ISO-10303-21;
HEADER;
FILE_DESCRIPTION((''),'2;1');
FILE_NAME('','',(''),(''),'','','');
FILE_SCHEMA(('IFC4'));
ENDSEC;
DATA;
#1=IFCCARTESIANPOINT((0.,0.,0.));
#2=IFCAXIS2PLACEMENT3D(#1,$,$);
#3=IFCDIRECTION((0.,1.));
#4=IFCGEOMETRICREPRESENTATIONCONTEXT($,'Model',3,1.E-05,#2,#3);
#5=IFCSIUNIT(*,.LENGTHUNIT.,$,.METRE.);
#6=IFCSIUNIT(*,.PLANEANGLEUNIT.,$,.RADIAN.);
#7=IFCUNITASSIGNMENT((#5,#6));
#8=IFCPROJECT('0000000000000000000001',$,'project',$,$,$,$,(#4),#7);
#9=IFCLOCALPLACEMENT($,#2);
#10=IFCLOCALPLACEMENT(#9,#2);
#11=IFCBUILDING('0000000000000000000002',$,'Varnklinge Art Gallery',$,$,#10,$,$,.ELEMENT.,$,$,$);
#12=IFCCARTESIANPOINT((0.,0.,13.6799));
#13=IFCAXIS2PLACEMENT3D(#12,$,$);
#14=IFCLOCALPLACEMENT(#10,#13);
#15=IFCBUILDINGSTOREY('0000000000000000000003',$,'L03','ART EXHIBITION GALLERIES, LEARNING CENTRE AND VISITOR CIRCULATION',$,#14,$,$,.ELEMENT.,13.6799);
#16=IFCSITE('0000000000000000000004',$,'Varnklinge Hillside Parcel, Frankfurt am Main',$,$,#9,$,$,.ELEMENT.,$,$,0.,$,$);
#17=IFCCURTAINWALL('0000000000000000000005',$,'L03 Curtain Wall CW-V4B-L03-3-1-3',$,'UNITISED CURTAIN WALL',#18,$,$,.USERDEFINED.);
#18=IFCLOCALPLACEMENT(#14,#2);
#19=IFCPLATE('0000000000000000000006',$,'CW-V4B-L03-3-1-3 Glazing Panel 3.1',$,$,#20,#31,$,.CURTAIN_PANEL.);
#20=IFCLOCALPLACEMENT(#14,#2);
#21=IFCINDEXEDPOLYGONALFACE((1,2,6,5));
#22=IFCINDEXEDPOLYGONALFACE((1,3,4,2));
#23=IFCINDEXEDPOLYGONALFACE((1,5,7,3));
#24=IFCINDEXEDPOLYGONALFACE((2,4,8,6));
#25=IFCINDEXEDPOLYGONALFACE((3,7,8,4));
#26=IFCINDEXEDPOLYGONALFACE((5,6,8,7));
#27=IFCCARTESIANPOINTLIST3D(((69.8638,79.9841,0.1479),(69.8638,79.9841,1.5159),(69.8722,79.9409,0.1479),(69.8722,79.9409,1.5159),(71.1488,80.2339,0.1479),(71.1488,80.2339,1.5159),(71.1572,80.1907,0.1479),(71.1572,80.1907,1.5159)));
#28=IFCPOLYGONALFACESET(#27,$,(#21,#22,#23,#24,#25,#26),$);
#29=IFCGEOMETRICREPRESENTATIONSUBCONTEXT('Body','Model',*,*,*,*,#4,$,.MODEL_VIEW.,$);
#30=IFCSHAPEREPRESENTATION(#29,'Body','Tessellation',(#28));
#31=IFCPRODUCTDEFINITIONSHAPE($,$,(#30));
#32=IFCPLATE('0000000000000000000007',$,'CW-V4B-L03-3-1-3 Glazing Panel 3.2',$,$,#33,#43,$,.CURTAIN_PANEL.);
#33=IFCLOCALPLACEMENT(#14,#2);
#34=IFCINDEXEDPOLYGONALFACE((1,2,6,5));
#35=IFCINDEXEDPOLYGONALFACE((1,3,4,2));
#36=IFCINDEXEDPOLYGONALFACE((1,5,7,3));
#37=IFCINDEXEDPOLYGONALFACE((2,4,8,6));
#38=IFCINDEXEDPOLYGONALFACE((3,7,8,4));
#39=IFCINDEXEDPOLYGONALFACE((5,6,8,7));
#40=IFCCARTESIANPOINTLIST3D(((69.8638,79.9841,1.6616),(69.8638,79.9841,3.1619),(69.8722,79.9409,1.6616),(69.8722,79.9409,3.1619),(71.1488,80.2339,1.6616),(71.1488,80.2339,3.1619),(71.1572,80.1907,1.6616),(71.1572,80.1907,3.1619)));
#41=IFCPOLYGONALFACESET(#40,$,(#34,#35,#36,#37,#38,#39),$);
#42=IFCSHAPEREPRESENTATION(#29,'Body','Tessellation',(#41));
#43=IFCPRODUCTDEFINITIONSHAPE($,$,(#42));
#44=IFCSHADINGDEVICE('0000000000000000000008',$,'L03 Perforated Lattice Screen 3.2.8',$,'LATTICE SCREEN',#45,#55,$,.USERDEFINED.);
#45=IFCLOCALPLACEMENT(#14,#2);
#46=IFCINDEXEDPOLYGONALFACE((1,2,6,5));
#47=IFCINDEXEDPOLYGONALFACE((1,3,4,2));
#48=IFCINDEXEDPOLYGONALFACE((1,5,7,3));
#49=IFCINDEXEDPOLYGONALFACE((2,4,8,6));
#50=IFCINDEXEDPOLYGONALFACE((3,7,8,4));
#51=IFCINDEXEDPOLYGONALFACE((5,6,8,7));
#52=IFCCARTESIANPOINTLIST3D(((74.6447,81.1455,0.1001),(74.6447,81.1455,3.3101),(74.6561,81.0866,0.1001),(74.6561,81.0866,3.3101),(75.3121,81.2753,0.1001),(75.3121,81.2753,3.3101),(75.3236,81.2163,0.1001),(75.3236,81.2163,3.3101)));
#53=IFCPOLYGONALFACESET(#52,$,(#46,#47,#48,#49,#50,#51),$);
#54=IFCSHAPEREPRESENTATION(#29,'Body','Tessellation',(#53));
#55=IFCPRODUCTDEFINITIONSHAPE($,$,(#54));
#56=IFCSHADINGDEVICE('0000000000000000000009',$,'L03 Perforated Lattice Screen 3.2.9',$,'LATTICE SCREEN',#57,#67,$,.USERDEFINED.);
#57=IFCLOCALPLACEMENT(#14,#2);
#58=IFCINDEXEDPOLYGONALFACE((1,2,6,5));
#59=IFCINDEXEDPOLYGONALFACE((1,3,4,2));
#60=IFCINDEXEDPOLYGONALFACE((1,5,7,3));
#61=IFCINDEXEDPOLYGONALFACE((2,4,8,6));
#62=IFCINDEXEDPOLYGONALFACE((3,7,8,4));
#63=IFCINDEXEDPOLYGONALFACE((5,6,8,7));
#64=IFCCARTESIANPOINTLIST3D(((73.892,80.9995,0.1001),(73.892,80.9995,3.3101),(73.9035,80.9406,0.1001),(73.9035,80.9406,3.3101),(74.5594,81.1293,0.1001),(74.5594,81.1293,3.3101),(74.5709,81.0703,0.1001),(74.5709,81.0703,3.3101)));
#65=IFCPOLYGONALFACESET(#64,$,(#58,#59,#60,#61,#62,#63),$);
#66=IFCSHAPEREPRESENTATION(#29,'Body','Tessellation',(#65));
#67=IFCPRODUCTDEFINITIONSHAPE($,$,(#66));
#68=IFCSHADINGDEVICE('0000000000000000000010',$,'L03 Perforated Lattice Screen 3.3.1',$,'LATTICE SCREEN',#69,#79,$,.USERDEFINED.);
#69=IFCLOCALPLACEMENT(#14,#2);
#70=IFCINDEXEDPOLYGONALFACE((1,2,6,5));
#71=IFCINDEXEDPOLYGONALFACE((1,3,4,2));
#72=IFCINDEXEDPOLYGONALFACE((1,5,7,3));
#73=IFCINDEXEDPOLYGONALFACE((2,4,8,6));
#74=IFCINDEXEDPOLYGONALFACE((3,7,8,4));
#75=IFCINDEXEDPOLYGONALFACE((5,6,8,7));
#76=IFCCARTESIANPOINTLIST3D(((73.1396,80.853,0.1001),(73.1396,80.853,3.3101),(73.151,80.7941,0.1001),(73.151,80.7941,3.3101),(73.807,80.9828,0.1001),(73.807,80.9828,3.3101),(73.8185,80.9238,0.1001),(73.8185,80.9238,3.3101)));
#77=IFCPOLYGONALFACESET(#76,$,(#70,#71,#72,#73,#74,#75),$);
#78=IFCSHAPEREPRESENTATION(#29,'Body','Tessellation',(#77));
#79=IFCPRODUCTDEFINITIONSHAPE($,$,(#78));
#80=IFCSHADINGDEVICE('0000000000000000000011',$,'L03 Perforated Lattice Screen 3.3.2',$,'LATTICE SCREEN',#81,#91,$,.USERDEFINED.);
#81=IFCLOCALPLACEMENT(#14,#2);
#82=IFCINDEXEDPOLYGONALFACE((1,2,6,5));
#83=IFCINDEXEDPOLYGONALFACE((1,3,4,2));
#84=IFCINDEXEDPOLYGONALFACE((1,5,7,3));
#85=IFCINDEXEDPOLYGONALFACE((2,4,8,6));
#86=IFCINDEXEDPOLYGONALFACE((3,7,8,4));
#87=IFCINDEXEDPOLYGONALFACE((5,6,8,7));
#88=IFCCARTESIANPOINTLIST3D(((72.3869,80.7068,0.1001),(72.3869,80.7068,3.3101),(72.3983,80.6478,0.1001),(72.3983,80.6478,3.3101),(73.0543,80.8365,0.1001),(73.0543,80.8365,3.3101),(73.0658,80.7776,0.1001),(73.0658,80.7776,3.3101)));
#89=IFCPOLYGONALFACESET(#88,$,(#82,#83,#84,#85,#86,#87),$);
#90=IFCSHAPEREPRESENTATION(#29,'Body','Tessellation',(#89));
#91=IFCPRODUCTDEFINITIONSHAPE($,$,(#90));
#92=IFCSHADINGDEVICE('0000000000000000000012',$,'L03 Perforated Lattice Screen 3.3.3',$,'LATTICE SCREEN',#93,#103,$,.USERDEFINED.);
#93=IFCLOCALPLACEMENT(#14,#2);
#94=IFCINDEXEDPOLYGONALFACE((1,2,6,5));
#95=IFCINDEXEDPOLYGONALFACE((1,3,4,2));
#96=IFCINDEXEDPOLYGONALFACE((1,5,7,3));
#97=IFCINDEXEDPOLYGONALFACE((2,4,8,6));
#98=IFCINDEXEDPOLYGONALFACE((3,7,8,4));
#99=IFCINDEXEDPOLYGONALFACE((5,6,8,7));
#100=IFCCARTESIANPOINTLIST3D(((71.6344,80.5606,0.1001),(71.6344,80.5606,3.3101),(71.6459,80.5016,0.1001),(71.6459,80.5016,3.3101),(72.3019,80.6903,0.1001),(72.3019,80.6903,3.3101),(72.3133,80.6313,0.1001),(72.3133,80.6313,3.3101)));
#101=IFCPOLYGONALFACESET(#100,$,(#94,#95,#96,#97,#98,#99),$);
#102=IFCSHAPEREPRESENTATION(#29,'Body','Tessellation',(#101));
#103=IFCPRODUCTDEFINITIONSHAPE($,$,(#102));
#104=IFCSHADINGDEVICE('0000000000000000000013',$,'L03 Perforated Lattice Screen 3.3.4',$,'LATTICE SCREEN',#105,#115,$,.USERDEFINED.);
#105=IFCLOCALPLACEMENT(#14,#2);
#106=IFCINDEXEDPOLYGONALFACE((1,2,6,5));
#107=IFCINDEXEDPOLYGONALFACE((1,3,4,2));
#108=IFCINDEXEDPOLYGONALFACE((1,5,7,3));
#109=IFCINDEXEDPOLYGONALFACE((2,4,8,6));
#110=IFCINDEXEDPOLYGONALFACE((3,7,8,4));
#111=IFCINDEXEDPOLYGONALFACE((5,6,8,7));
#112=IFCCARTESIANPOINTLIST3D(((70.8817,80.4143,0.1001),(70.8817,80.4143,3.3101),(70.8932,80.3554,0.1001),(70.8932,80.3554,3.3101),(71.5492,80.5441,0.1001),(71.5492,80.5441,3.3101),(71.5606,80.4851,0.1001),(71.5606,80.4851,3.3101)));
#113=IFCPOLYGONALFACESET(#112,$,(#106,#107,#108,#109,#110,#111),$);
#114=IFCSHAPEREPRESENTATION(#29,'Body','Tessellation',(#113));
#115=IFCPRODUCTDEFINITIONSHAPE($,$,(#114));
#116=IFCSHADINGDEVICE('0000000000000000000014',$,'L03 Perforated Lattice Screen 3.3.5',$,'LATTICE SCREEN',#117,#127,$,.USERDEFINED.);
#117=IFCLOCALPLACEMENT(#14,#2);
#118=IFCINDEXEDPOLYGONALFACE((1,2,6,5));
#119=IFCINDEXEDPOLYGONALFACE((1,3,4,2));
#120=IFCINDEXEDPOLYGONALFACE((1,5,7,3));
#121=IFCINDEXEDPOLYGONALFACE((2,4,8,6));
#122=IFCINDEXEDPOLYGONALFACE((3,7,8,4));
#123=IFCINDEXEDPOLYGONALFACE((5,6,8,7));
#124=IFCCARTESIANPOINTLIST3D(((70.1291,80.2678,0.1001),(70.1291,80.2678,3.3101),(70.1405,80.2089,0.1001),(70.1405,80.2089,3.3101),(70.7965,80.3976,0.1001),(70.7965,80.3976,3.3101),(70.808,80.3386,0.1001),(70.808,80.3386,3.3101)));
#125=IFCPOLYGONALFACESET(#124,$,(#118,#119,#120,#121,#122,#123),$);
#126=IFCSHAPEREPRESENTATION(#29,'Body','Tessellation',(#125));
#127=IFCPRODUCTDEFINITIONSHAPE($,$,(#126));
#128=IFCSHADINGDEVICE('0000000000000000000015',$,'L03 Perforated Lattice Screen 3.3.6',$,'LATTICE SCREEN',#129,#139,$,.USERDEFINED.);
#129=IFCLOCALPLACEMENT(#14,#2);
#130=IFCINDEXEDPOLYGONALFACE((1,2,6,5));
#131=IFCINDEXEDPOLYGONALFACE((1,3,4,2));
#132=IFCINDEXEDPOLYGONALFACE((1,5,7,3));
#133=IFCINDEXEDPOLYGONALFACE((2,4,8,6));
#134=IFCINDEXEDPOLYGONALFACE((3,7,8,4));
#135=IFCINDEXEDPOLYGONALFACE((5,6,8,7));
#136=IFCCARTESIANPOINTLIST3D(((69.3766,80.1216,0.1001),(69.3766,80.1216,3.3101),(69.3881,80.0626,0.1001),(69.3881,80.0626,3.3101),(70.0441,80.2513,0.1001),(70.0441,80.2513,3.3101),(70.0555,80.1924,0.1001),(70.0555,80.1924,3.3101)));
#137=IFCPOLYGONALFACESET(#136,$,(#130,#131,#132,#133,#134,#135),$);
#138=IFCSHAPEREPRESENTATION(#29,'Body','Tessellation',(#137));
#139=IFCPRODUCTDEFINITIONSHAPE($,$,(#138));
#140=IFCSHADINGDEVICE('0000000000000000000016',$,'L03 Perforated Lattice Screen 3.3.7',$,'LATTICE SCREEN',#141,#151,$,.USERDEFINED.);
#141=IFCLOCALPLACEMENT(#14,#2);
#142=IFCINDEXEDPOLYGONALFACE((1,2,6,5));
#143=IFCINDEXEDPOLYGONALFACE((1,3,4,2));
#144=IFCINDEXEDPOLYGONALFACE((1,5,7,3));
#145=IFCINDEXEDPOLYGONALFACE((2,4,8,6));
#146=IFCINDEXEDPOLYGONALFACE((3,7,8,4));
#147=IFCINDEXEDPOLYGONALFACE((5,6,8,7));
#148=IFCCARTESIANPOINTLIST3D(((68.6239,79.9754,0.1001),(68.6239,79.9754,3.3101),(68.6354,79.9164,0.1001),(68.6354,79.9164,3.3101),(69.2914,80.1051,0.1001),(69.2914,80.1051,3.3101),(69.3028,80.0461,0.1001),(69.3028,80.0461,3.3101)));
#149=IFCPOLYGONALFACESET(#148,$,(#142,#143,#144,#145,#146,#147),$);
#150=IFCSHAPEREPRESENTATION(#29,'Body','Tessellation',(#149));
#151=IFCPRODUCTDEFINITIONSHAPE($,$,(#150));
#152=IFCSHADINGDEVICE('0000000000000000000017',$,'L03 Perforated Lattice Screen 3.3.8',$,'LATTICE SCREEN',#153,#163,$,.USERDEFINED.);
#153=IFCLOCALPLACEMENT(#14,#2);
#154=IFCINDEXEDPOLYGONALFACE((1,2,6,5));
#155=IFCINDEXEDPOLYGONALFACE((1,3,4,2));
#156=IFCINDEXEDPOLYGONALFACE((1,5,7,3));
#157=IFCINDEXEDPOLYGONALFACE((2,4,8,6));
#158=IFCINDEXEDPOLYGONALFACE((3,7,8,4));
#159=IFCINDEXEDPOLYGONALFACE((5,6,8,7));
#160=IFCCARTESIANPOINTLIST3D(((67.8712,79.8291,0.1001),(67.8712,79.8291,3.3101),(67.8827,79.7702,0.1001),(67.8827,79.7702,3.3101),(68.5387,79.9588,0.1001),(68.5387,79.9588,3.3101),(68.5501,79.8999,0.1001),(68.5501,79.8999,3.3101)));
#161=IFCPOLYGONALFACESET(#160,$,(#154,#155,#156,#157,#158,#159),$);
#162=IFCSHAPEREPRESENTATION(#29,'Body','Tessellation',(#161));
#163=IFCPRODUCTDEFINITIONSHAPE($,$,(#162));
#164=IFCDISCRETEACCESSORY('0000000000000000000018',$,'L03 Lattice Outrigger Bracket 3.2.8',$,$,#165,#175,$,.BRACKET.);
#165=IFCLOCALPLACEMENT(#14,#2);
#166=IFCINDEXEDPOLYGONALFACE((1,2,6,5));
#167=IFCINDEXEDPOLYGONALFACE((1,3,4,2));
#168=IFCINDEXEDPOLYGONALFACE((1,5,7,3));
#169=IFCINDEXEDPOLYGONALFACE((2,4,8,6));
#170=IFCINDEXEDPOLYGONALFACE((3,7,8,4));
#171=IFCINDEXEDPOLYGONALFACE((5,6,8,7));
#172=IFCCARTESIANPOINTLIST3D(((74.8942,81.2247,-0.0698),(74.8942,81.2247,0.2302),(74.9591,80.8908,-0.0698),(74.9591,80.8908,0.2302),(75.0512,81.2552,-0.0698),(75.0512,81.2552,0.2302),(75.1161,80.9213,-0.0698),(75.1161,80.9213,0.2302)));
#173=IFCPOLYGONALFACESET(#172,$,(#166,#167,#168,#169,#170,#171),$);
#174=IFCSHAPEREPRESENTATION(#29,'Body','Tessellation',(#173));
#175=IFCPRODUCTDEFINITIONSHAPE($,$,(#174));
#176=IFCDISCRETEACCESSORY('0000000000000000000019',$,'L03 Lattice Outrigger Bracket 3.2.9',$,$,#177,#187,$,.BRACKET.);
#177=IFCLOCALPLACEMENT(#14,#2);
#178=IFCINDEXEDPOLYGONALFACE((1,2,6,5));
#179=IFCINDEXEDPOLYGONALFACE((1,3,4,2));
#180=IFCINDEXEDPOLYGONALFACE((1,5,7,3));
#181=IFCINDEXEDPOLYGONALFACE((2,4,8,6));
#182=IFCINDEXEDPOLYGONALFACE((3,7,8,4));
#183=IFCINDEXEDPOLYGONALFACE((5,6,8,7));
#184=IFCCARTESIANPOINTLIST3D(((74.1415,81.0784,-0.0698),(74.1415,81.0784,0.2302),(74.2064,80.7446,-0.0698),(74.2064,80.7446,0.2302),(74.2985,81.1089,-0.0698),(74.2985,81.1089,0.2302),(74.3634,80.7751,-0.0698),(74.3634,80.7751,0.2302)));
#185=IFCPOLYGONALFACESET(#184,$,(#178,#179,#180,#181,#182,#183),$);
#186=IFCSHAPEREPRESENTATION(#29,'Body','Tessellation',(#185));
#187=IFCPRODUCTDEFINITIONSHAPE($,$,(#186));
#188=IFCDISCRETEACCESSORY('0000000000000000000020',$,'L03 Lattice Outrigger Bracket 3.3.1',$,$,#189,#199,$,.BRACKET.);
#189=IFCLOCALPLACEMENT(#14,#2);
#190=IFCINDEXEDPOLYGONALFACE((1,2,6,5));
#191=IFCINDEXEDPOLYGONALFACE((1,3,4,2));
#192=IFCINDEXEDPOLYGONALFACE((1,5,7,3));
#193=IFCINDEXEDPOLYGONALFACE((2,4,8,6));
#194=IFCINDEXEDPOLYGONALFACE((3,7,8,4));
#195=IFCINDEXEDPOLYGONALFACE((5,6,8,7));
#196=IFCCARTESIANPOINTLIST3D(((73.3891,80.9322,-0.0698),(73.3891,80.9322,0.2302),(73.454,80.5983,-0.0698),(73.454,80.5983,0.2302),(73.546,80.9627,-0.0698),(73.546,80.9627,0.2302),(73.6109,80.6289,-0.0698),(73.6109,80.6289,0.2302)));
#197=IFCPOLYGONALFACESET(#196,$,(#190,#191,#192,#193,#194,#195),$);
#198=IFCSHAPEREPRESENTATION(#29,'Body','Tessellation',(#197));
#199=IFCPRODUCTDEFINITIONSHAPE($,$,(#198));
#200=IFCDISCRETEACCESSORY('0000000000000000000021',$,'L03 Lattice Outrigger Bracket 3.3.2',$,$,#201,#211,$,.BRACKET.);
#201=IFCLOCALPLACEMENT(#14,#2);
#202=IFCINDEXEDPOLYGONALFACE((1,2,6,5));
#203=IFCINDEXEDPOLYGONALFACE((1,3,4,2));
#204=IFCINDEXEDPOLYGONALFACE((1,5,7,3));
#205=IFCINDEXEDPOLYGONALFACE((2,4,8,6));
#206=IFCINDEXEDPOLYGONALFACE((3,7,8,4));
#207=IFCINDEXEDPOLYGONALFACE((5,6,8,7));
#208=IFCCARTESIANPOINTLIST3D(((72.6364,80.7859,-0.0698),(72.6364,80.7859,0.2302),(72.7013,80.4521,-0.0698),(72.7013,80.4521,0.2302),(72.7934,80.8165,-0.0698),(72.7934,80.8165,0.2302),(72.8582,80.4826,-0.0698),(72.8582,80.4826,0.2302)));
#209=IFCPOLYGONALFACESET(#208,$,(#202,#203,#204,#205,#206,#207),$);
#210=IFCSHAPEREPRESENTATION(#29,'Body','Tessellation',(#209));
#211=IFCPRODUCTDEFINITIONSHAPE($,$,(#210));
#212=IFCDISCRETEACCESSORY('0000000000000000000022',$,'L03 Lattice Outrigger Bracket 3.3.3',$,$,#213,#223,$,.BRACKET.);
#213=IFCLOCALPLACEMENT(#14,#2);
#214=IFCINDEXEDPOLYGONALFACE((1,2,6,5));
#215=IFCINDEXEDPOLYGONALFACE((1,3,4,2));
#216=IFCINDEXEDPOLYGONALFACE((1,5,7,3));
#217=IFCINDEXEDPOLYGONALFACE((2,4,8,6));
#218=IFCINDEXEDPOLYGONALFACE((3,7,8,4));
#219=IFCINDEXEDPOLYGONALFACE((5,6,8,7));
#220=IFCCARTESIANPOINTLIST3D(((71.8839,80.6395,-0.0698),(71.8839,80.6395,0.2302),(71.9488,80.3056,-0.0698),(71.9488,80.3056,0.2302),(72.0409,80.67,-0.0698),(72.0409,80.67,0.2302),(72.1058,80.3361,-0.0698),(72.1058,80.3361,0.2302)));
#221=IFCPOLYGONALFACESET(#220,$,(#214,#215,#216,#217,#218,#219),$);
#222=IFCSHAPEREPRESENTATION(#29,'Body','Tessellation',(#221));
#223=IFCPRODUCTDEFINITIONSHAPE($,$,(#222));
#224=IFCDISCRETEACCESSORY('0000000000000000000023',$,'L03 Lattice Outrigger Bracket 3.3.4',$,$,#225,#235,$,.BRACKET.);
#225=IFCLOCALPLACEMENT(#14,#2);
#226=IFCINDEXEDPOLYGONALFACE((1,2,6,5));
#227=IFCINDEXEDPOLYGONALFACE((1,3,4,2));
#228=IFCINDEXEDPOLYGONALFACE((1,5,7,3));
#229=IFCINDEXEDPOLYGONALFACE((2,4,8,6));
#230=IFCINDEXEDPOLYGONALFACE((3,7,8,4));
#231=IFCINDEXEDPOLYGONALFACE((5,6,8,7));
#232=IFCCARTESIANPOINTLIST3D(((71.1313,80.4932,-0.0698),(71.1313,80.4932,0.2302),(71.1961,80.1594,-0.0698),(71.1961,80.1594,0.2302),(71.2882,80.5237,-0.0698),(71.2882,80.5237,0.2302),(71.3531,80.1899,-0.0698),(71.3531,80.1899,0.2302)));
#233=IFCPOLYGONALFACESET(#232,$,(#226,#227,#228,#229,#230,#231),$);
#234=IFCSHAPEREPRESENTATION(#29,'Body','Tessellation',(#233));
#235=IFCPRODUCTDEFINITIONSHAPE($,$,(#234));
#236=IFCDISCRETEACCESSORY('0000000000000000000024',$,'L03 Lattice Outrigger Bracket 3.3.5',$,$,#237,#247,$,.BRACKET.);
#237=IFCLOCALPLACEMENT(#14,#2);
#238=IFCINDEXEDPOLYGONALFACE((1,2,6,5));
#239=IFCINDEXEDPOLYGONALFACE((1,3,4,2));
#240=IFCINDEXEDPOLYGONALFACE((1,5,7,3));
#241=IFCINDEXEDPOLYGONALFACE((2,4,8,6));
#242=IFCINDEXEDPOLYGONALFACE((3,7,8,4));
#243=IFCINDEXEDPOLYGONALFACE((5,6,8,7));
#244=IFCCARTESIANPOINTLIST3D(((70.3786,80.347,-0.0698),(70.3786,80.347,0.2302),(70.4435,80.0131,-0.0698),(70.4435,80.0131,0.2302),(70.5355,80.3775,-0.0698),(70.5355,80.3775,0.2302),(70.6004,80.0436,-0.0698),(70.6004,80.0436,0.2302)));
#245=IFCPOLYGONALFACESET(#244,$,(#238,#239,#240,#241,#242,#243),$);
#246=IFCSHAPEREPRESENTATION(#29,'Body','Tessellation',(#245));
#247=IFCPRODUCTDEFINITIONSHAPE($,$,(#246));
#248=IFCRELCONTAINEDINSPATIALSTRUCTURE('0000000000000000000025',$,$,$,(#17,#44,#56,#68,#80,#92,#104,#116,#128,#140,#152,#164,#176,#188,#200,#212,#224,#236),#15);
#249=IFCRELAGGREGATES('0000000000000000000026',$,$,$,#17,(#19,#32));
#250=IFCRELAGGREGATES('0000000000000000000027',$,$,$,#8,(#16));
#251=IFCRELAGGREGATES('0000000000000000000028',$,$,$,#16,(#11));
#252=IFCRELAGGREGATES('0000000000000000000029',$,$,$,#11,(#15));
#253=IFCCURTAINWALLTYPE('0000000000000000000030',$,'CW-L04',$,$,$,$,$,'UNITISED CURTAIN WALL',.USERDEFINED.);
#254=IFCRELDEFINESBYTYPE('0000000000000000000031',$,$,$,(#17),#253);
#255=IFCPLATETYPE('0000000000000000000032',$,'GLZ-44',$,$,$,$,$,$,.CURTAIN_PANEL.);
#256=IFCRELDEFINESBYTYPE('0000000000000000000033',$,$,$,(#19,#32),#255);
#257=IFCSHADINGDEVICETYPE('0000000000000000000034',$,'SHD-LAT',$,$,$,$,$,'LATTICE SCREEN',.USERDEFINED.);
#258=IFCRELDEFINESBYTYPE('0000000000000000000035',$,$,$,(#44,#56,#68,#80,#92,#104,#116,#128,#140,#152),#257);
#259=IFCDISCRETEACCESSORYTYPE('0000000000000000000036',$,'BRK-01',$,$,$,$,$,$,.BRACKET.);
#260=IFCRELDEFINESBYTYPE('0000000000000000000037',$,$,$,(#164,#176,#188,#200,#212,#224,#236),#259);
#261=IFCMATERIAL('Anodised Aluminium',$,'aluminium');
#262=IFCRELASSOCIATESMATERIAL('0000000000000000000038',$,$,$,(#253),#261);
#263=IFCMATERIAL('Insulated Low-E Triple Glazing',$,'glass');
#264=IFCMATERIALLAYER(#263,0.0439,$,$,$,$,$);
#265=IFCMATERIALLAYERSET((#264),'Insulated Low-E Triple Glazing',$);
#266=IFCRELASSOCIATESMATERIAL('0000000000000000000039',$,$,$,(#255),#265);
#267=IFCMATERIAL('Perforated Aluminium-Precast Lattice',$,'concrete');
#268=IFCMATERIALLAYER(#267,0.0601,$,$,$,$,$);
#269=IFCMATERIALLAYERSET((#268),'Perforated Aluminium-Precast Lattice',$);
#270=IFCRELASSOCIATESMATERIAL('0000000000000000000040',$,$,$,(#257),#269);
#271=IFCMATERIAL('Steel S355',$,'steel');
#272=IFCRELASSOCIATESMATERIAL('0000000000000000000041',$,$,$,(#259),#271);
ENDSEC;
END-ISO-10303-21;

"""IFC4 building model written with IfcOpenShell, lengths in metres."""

from ifc_helpers import new_model, si_unit, direction, frame, origin, origin_2d, place, context, subcontext, project, spatial, rectangle, extrude, material, layer, layer_set, type_object, element, aggregate, save


model = new_model("IFC4")

# Units and contexts
model_context = context("Model", 3, precision=1e-05, world=origin(), true_north=direction((0.0, 1.0)))
body_context = subcontext(model_context, "Body", "Model", "MODEL_VIEW")
ifc_project = project(units=[si_unit("LENGTHUNIT", "METRE"), si_unit("PLANEANGLEUNIT", "RADIAN")], contexts=[model_context])

# Site, building, storey
site_placement = place(None, origin())
site = spatial("IfcSite", under=ifc_project, at=site_placement, Name="Varnklinge Hillside Parcel, Frankfurt am Main", CompositionType="ELEMENT", RefElevation=0.0)
building_placement = place(site_placement, origin())
building = spatial("IfcBuilding", under=site, at=building_placement, Name="Varnklinge Art Gallery", CompositionType="ELEMENT")
storey_placement = place(building_placement, frame((0.0, 0.0, 13.6799)))
storey = spatial("IfcBuildingStorey", under=building, at=storey_placement, Name="L03", Description="ART EXHIBITION GALLERIES, LEARNING CENTRE AND VISITOR CIRCULATION", CompositionType="ELEMENT", Elevation=13.6799)

# Shared definitions
ifc_material_1 = material(Name="Anodised Aluminium", Category="aluminium")
curtain_wall_type = type_object("IfcCurtainWallType", Name="CW-L04", ElementType="UNITISED CURTAIN WALL", PredefinedType="USERDEFINED", material=ifc_material_1)

# Curtain wall
curtain_wall_1_placement = place(storey_placement, origin())
curtain_wall_1 = element("IfcCurtainWall", 1, at=curtain_wall_1_placement, inside=storey, type_object=curtain_wall_type, Name="L03 Curtain Wall CW-V4B-L03-3-1-3", ObjectType="UNITISED CURTAIN WALL", PredefinedType="USERDEFINED")

# Plates
ifc_material_2 = material(Name="Insulated Low-E Triple Glazing", Category="glass")
ifc_layer_1 = layer(ifc_material_2, 0.0439)
ifc_layer_set_1 = layer_set([ifc_layer_1], Name="Insulated Low-E Triple Glazing")
plate_type = type_object("IfcPlateType", Name="GLZ-44", PredefinedType="CURTAIN_PANEL", material=ifc_layer_set_1)
plate_1_placement = place(storey_placement, frame((70.5105, 80.0874, 0.1479), z_axis=(0.0, 0.0, 1.0), x_axis=(-0.981627, -0.190809, 0.0)))
plate_1 = element("IfcPlate", 2, at=plate_1_placement, type_object=plate_type, Name="CW-V4B-L03-3-1-3 Glazing Panel 3.1", PredefinedType="CURTAIN_PANEL", context=body_context, shape_type="SweptSolid", body=[
    extrude(rectangle(XDim=1.3091, YDim=0.0439, at=origin_2d()), origin(), (0.0, 0.0, 1.0), 1.3679),
])
plate_2_placement = place(storey_placement, frame((70.5105, 80.0874, 1.6616), z_axis=(0.0, 0.0, 1.0), x_axis=(-0.981627, -0.190809, 0.0)))
plate_2 = element("IfcPlate", 3, at=plate_2_placement, type_object=plate_type, Name="CW-V4B-L03-3-1-3 Glazing Panel 3.2", PredefinedType="CURTAIN_PANEL", context=body_context, shape_type="SweptSolid", body=[
    extrude(rectangle(XDim=1.3091, YDim=0.0439, at=origin_2d()), origin(), (0.0, 0.0, 1.0), 1.5002),
])
aggregate(curtain_wall_1, [plate_1, plate_2])

# Shading devices
ifc_material_3 = material(Name="Perforated Aluminium-Precast Lattice", Category="concrete")
ifc_layer_2 = layer(ifc_material_3, 0.0601)
ifc_layer_set_2 = layer_set([ifc_layer_2], Name="Perforated Aluminium-Precast Lattice")
shading_device_type = type_object("IfcShadingDeviceType", Name="SHD-LAT", ElementType="LATTICE SCREEN", PredefinedType="USERDEFINED", material=ifc_layer_set_2)
for number, where, z_axis, x_axis, name in (
    (4, (74.9841, 81.1809, 0.1001), (0.0, 0.0, 1.0), (-0.981627, -0.190809, 0.0), "L03 Perforated Lattice Screen 3.2.8"),
    (5, (74.2314, 81.0349, 0.1001), (0.0, 0.0, 1.0), (-0.981627, -0.190809, 0.0), "L03 Perforated Lattice Screen 3.2.9"),
    (6, (73.479, 80.8884, 0.1001), (0.0, 0.0, 1.0), (-0.981627, -0.190809, 0.0), "L03 Perforated Lattice Screen 3.3.1"),
    (7, (72.7263, 80.7422, 0.1001), (0.0, 0.0, 1.0), (-0.981627, -0.190809, 0.0), "L03 Perforated Lattice Screen 3.3.2"),
    (8, (71.9739, 80.5959, 0.1001), (0.0, 0.0, 1.0), (-0.981627, -0.190809, 0.0), "L03 Perforated Lattice Screen 3.3.3"),
    (9, (71.2212, 80.4497, 0.1001), (0.0, 0.0, 1.0), (-0.981627, -0.190809, 0.0), "L03 Perforated Lattice Screen 3.3.4"),
    (10, (70.4685, 80.3032, 0.1001), (0.0, 0.0, 1.0), (-0.981627, -0.190809, 0.0), "L03 Perforated Lattice Screen 3.3.5"),
    (11, (69.7161, 80.157, 0.1001), (0.0, 0.0, 1.0), (-0.981627, -0.190809, 0.0), "L03 Perforated Lattice Screen 3.3.6"),
    (12, (68.9634, 80.0107, 0.1001), (0.0, 0.0, 1.0), (-0.981627, -0.190809, 0.0), "L03 Perforated Lattice Screen 3.3.7"),
    (13, (68.2107, 79.8645, 0.1001), (0.0, 0.0, 1.0), (-0.981627, -0.190809, 0.0), "L03 Perforated Lattice Screen 3.3.8"),
):
    element("IfcShadingDevice", number, at=place(storey_placement, frame(where, z_axis=z_axis, x_axis=x_axis)), inside=storey, type_object=shading_device_type, Name=name, ObjectType="LATTICE SCREEN", PredefinedType="USERDEFINED", context=body_context, shape_type="SweptSolid", body=[
        extrude(rectangle(XDim=0.6799, YDim=0.0601, at=origin_2d()), origin(), (0.0, 0.0, 1.0), 3.21),
    ])

# Discrete accessories
ifc_material_4 = material(Name="Steel S355", Category="steel")
discrete_accessory_type = type_object("IfcDiscreteAccessoryType", Name="BRK-01", PredefinedType="BRACKET", material=ifc_material_4)
for number, where, z_axis, x_axis, name in (
    (14, (75.0051, 81.073, -0.0698), (0.0, 0.0, 1.0), (-0.981627, -0.190809, 0.0), "L03 Lattice Outrigger Bracket 3.2.8"),
    (15, (74.2524, 80.9268, -0.0698), (0.0, 0.0, 1.0), (-0.981627, -0.190809, 0.0), "L03 Lattice Outrigger Bracket 3.2.9"),
    (16, (73.5, 80.7805, -0.0698), (0.0, 0.0, 1.0), (-0.981627, -0.190809, 0.0), "L03 Lattice Outrigger Bracket 3.3.1"),
    (17, (72.7473, 80.6343, -0.0698), (0.0, 0.0, 1.0), (-0.981627, -0.190809, 0.0), "L03 Lattice Outrigger Bracket 3.3.2"),
    (18, (71.9949, 80.4878, -0.0698), (0.0, 0.0, 1.0), (-0.981627, -0.190809, 0.0), "L03 Lattice Outrigger Bracket 3.3.3"),
    (19, (71.2422, 80.3416, -0.0698), (0.0, 0.0, 1.0), (-0.981627, -0.190809, 0.0), "L03 Lattice Outrigger Bracket 3.3.4"),
    (20, (70.4895, 80.1953, -0.0698), (0.0, 0.0, 1.0), (-0.981627, -0.190809, 0.0), "L03 Lattice Outrigger Bracket 3.3.5"),
):
    element("IfcDiscreteAccessory", number, at=place(storey_placement, frame(where, z_axis=z_axis, x_axis=x_axis)), inside=storey, type_object=discrete_accessory_type, Name=name, PredefinedType="BRACKET", context=body_context, shape_type="SweptSolid", body=[
        extrude(rectangle(XDim=0.1599, YDim=0.3401, at=origin_2d()), origin(), (0.0, 0.0, 1.0), 0.3),
    ])

save(model, "model.ifc")
